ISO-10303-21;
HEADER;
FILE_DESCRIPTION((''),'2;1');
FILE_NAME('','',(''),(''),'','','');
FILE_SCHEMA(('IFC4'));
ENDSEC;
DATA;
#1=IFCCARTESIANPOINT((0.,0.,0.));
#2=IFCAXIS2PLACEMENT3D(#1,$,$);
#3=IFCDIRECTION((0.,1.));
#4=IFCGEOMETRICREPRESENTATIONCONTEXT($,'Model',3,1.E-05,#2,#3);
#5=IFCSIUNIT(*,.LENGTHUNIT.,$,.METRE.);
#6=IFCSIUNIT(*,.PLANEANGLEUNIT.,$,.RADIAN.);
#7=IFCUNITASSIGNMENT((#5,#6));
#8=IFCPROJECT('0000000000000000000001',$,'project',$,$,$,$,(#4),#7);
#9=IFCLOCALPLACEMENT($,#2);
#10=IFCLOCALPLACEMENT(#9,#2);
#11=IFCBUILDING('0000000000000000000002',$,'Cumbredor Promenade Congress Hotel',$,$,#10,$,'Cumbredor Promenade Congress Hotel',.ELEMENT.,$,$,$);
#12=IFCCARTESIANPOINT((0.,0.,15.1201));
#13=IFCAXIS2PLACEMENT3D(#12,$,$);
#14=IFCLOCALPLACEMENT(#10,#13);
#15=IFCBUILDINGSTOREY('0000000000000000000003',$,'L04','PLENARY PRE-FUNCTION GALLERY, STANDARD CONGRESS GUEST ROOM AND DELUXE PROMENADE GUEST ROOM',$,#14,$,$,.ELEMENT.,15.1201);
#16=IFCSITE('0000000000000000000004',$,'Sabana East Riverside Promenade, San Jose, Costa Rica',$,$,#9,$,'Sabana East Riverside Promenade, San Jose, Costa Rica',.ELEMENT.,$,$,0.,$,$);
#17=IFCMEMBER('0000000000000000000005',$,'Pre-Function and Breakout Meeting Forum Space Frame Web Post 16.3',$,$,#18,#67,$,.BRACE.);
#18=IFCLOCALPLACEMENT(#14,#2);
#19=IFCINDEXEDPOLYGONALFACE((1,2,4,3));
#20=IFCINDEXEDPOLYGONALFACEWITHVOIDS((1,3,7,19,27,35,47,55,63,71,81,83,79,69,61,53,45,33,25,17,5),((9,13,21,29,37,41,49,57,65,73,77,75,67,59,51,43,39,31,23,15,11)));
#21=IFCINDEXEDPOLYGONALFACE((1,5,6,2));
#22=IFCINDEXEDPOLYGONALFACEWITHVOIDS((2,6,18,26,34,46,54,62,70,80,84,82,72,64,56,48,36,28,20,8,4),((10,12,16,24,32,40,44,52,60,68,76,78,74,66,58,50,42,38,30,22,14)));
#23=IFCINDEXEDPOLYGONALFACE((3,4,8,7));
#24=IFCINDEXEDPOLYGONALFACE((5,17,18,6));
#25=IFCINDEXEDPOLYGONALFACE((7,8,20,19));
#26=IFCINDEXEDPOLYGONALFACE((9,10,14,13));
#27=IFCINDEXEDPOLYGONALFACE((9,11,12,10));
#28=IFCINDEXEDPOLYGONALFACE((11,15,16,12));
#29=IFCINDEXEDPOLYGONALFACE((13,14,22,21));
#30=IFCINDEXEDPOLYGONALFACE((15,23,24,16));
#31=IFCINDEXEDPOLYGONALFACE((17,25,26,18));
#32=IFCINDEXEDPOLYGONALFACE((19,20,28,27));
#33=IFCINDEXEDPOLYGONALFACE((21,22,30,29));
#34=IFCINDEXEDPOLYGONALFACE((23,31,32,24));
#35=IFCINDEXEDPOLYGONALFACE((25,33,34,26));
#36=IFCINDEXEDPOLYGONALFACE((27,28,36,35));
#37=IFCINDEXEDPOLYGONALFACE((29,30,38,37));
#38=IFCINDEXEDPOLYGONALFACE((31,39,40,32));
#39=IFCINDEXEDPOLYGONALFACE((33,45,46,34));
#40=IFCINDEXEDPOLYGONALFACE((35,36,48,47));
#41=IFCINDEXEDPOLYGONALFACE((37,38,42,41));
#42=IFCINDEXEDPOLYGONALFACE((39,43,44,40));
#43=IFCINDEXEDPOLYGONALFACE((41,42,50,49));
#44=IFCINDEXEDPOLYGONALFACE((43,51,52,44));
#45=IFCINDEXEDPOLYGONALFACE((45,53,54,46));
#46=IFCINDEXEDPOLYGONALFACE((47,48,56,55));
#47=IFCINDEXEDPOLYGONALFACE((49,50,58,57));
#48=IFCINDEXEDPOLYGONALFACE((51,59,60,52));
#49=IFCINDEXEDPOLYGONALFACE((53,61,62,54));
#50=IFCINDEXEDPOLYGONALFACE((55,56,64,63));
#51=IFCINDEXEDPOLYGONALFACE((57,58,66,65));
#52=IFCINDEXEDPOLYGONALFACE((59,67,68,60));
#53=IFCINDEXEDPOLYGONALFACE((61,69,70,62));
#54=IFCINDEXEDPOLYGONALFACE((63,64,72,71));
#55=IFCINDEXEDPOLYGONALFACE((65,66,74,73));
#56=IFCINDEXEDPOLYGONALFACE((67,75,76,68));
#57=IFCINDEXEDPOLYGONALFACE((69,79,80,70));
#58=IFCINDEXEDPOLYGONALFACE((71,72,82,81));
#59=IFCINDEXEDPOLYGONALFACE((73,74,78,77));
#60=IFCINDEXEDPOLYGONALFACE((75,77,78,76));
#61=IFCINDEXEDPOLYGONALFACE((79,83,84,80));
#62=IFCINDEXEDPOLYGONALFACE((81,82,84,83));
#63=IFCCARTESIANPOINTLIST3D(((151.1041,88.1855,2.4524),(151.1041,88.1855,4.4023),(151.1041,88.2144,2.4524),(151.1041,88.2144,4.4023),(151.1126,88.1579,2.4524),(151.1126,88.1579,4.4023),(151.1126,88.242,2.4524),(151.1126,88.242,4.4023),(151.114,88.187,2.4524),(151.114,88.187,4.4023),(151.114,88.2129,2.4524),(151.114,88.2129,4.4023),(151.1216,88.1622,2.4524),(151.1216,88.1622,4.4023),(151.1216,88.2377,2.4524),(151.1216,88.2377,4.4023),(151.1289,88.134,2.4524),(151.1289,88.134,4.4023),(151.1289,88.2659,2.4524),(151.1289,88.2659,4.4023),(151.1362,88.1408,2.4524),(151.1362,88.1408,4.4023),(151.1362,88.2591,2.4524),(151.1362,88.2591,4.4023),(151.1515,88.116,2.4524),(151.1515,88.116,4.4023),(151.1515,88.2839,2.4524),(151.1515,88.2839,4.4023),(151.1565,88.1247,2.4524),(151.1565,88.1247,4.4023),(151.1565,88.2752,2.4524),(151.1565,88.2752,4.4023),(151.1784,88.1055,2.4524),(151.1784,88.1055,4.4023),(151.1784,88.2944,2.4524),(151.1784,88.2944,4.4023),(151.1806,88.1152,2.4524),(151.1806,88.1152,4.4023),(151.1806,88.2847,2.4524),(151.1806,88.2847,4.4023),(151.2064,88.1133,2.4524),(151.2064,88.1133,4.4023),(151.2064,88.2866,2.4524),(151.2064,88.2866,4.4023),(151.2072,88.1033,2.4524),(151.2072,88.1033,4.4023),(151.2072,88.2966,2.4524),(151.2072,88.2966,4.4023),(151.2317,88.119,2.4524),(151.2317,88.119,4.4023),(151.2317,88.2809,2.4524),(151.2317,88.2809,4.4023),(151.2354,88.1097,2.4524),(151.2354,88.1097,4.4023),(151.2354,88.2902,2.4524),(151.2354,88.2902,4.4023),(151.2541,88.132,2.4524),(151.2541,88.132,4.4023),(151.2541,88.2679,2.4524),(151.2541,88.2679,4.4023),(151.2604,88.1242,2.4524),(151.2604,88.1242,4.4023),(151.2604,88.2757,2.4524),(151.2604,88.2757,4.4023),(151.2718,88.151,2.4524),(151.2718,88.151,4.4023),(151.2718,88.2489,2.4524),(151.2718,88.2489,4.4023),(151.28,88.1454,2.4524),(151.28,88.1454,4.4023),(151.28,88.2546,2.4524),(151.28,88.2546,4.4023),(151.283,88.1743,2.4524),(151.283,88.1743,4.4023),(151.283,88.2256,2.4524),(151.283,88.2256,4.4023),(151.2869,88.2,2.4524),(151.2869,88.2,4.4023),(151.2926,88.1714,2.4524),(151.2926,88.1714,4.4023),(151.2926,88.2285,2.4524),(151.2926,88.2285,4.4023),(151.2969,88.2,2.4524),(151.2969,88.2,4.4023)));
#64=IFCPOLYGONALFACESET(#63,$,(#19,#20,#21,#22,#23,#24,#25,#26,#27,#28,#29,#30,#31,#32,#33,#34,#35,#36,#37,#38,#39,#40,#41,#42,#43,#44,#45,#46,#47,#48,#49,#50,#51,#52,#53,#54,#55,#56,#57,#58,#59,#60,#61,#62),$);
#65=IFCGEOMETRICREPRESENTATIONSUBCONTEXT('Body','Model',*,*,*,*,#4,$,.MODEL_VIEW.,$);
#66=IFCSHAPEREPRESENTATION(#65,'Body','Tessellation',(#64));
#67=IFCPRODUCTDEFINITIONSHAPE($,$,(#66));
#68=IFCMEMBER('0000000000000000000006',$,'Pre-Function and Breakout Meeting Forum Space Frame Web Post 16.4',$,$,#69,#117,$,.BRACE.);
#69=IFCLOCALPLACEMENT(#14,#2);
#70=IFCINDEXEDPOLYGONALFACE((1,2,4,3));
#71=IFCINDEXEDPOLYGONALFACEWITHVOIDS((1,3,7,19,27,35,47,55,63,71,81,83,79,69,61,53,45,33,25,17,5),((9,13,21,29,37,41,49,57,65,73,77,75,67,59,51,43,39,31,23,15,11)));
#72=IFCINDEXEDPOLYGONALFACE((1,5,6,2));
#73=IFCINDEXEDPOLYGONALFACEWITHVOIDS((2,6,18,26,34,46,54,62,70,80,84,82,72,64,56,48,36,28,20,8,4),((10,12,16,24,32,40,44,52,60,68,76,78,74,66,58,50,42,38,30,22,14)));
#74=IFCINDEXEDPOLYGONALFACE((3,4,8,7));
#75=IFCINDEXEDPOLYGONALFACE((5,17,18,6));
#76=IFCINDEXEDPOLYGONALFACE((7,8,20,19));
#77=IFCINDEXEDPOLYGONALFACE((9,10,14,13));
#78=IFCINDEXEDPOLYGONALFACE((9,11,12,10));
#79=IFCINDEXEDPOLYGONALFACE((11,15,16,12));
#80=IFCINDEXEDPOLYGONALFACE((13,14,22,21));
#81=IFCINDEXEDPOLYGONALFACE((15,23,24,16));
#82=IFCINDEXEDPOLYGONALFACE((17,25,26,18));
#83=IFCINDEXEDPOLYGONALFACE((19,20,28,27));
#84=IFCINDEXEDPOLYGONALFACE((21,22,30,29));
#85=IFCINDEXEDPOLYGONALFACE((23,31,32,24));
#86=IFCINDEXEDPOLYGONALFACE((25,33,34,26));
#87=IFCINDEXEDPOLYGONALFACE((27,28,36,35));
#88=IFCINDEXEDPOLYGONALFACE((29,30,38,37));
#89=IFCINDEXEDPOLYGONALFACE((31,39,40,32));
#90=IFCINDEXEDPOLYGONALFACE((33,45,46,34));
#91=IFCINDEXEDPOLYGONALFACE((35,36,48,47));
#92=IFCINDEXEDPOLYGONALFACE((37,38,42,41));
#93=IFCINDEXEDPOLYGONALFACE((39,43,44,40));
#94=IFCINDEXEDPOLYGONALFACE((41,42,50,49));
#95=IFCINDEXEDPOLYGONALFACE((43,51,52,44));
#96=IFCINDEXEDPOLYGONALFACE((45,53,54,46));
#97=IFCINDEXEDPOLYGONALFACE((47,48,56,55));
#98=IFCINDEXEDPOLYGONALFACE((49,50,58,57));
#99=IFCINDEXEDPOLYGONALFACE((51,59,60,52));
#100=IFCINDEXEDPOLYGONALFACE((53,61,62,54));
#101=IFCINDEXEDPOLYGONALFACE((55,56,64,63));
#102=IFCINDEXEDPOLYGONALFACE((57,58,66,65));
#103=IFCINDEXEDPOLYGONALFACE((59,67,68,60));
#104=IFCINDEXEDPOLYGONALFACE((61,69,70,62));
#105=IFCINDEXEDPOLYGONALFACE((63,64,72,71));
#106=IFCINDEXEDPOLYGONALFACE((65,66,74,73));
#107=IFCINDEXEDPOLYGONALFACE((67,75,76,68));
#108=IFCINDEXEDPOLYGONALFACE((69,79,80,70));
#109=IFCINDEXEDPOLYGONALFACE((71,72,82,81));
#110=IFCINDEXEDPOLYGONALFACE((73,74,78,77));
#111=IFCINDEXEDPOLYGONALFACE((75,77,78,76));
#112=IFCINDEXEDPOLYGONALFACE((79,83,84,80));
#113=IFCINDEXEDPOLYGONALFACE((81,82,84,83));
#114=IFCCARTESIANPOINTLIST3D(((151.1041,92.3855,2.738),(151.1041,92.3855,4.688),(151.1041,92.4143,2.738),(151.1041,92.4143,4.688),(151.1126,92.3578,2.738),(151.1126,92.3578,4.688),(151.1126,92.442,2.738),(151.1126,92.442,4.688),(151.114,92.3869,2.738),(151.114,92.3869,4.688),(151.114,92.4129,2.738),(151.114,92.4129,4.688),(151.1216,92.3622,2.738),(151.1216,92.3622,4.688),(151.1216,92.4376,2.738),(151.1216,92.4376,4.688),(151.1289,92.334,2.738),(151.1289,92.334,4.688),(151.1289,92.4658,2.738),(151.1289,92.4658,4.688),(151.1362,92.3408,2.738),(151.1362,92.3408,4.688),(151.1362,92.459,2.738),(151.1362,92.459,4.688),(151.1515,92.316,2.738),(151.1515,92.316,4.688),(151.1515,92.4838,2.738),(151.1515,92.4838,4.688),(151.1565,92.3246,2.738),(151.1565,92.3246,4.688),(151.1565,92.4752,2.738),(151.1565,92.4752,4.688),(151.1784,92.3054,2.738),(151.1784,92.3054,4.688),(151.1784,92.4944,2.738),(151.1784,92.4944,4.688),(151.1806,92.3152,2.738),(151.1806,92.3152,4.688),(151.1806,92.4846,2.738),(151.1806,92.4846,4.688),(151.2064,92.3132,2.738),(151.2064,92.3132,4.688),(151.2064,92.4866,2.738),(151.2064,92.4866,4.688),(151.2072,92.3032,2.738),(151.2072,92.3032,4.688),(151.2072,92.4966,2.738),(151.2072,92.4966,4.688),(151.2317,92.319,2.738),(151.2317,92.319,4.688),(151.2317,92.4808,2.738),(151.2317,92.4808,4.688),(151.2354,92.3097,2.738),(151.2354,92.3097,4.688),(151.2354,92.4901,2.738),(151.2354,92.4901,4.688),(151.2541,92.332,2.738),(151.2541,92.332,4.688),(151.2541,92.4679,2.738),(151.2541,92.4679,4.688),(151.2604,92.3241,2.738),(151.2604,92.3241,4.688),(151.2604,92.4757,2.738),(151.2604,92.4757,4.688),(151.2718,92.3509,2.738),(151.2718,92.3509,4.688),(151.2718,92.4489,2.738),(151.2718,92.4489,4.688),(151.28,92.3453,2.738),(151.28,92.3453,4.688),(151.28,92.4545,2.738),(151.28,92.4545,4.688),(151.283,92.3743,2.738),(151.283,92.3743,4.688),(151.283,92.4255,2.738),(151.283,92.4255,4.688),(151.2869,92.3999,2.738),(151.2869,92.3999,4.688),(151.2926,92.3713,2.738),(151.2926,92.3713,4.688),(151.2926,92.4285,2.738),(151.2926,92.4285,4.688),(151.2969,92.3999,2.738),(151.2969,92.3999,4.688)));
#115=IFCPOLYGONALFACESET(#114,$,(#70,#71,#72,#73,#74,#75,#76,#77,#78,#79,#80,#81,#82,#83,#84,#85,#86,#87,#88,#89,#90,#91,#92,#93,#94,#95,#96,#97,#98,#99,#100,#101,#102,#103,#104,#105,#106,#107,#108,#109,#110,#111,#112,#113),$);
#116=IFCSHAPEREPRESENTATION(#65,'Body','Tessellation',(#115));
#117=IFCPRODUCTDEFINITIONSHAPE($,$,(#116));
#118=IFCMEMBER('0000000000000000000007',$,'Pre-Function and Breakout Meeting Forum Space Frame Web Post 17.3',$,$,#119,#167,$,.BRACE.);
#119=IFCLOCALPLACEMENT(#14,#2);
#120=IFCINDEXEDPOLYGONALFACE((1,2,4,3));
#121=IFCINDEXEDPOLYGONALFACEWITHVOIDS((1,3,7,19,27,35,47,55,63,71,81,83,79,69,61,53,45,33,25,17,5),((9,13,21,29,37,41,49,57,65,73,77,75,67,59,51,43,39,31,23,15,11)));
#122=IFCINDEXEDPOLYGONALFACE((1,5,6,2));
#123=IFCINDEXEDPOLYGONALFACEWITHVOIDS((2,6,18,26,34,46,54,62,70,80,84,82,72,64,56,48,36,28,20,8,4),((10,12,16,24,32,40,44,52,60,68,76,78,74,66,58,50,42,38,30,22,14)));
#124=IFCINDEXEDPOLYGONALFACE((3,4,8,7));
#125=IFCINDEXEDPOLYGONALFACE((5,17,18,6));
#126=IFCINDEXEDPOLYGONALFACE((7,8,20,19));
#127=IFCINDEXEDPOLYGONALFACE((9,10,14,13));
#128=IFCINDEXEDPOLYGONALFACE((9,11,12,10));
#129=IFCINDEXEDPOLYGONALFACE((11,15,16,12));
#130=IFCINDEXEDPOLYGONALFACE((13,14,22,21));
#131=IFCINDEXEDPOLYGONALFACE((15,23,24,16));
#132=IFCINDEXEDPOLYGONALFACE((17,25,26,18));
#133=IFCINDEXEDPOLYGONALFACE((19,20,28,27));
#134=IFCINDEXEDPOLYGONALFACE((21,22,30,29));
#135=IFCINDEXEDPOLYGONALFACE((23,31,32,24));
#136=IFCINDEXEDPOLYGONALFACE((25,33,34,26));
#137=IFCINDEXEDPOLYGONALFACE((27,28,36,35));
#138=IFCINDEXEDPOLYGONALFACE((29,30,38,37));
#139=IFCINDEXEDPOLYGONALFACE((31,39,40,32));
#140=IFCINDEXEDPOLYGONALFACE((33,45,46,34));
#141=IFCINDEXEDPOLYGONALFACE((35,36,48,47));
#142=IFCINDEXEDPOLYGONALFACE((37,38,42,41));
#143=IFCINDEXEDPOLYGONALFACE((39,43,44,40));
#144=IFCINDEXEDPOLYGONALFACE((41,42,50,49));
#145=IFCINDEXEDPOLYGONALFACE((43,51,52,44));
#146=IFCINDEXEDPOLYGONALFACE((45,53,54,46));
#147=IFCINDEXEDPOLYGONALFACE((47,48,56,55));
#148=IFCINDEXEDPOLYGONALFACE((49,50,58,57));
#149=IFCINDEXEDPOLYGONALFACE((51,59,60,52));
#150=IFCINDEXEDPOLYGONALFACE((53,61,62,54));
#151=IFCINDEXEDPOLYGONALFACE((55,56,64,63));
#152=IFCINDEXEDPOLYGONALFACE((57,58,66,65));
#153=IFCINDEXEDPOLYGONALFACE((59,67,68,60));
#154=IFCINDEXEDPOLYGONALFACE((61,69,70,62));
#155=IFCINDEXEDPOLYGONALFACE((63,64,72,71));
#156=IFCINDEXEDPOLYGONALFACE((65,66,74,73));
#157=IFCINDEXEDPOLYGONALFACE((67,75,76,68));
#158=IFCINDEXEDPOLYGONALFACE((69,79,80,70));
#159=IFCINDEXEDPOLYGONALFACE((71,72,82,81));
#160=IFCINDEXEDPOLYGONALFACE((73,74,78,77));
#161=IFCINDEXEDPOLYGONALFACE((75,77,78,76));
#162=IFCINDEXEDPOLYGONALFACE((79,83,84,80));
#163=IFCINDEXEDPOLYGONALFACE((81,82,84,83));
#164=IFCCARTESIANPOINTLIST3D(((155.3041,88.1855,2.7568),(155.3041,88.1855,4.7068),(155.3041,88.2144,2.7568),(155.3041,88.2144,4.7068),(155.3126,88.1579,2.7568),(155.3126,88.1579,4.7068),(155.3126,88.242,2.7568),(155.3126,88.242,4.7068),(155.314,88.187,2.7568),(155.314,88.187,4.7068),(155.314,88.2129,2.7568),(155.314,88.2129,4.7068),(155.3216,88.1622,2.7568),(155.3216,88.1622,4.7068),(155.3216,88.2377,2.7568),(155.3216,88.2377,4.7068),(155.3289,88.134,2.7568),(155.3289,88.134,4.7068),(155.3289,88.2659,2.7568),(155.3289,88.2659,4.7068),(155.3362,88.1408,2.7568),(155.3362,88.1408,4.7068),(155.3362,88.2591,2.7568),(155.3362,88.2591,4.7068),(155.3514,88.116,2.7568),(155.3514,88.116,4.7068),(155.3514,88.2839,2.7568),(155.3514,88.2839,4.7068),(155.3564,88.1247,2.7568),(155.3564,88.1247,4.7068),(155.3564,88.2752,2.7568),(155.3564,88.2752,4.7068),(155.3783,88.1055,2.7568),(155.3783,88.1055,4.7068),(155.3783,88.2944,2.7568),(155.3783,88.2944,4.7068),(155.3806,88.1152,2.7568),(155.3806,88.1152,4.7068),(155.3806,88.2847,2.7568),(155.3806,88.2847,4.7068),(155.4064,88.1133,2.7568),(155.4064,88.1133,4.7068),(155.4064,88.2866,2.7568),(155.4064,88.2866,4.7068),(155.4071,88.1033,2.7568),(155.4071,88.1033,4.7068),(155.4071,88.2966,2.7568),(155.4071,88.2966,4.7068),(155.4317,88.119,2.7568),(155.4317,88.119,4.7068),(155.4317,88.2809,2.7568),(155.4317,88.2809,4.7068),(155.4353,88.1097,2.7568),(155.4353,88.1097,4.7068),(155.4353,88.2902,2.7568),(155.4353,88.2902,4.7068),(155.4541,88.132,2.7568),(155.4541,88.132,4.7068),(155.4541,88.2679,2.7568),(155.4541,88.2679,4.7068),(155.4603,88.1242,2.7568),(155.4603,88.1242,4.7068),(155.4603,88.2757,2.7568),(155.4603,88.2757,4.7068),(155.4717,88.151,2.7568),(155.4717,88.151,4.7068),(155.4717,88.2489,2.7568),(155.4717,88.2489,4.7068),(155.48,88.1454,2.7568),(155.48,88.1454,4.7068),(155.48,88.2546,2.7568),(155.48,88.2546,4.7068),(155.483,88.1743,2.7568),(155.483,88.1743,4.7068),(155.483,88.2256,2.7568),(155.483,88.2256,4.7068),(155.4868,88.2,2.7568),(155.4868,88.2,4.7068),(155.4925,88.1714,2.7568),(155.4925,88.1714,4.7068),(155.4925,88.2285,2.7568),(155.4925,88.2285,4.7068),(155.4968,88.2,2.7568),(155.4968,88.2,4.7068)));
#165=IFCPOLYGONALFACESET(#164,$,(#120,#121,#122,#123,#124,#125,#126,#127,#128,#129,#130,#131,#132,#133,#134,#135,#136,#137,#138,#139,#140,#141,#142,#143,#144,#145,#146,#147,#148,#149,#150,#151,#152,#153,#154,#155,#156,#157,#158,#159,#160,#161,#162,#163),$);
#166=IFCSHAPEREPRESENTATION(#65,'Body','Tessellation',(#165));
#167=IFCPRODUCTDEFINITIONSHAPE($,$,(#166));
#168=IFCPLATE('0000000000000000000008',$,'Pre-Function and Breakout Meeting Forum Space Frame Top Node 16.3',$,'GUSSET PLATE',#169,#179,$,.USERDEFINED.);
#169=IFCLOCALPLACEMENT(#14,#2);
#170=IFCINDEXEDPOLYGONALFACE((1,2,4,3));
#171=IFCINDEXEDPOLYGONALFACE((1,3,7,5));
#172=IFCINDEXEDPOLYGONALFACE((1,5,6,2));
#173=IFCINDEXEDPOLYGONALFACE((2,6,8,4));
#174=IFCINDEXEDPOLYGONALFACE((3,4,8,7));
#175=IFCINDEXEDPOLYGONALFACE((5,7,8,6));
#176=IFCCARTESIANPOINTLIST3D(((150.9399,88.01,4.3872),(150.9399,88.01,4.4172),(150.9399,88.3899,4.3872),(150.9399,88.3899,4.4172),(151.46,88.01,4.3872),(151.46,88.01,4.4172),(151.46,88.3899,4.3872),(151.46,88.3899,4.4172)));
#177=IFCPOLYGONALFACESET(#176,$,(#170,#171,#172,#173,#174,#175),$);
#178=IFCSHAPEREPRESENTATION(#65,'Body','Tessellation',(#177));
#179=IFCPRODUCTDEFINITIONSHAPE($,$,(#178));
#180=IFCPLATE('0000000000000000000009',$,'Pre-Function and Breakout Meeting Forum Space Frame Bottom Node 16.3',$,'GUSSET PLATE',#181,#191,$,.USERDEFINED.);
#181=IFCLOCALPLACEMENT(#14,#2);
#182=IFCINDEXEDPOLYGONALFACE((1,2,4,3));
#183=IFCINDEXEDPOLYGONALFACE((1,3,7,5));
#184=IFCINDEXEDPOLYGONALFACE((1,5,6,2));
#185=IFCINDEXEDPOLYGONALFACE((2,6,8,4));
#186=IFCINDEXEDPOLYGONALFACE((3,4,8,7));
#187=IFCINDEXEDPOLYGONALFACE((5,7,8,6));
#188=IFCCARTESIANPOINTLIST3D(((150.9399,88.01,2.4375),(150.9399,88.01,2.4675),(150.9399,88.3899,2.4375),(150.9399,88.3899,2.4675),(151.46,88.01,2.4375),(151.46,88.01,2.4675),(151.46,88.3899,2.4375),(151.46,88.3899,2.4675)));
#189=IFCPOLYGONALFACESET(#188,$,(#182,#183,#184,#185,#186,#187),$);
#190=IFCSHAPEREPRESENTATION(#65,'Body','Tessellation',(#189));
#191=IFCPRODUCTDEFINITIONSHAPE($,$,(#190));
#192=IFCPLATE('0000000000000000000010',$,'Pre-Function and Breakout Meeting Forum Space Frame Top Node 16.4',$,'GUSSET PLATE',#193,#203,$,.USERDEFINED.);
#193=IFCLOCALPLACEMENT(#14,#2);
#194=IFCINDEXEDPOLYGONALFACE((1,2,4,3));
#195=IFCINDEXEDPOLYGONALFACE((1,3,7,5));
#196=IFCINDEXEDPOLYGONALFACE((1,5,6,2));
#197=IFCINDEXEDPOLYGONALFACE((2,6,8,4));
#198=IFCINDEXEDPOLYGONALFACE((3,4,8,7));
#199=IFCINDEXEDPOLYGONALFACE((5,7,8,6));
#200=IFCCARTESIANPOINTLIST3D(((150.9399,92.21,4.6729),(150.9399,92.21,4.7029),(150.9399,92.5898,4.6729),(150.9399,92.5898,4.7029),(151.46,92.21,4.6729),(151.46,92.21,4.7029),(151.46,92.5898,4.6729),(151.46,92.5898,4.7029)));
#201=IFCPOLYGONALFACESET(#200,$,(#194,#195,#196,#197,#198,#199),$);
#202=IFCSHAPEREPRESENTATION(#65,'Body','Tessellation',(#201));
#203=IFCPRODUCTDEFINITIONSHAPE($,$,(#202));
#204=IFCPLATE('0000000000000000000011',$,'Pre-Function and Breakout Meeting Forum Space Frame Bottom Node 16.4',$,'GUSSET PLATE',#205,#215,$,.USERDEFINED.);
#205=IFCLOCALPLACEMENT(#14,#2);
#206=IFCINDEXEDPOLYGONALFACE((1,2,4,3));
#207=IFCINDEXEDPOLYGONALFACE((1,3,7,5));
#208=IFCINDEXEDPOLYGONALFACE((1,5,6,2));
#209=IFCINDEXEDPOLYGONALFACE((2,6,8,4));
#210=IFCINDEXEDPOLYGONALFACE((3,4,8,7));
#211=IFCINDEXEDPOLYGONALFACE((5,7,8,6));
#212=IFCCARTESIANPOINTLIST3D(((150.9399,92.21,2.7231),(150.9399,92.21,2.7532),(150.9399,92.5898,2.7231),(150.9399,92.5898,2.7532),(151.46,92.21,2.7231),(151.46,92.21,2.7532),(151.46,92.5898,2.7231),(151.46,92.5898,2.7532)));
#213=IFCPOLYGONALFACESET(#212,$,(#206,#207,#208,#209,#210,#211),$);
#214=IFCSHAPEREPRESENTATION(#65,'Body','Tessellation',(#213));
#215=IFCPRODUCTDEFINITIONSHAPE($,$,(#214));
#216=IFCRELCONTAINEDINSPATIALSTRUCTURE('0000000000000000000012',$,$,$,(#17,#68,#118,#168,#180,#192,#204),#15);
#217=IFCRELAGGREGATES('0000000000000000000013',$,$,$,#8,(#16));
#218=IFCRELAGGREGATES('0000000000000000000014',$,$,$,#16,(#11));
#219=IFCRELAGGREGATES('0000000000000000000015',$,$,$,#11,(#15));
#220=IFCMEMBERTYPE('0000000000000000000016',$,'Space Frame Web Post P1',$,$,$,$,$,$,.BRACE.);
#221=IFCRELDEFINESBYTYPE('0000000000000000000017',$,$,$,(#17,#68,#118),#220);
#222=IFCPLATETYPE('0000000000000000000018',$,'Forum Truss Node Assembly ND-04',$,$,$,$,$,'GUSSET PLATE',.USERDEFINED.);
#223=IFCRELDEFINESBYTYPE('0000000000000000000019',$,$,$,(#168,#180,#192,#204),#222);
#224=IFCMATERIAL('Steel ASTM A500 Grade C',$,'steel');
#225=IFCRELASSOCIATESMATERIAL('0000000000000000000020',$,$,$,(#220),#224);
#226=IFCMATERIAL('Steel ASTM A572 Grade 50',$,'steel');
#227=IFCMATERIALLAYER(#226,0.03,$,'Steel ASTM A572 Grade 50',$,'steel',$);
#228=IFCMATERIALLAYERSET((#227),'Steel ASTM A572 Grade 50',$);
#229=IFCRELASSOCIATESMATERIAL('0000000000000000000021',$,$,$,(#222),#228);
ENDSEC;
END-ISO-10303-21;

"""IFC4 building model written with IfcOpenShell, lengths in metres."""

from ifc_helpers import new_model, si_unit, direction, frame, origin, origin_2d, place, context, subcontext, project, spatial, rectangle, hollow_circle, extrude, material, layer, layer_set, material_profile, profile_set, type_object, element, save


model = new_model("IFC4")

# Units and contexts
model_context = context("Model", 3, precision=1e-05, world=origin(), true_north=direction((0.0, 1.0)))
body_context = subcontext(model_context, "Body", "Model", "MODEL_VIEW")
ifc_project = project(units=[si_unit("LENGTHUNIT", "METRE"), si_unit("PLANEANGLEUNIT", "RADIAN")], contexts=[model_context])

# Site, building, storey
site_placement = place(None, origin())
site = spatial("IfcSite", under=ifc_project, at=site_placement, Name="Sabana East Riverside Promenade, San Jose, Costa Rica", LongName="Sabana East Riverside Promenade, San Jose, Costa Rica", CompositionType="ELEMENT", RefElevation=0.0)
building_placement = place(site_placement, origin())
building = spatial("IfcBuilding", under=site, at=building_placement, Name="Cumbredor Promenade Congress Hotel", LongName="Cumbredor Promenade Congress Hotel", CompositionType="ELEMENT")
storey_placement = place(building_placement, frame((0.0, 0.0, 15.1201)))
storey = spatial("IfcBuildingStorey", under=building, at=storey_placement, Name="L04", Description="PLENARY PRE-FUNCTION GALLERY, STANDARD CONGRESS GUEST ROOM AND DELUXE PROMENADE GUEST ROOM", CompositionType="ELEMENT", Elevation=15.1201)

# Members
ifc_material_1 = material(Name="Steel ASTM A500 Grade C", Category="steel")
ifc_material_profile_1 = material_profile(ifc_material_1, hollow_circle(Radius=0.0969, WallThickness=0.01, at=origin_2d()), Name="CHS 193.7x10")
ifc_profile_set_1 = profile_set([ifc_material_profile_1], Name="Steel ASTM A500 Grade C")
member_type_1 = type_object("IfcMemberType", Name="Space Frame Web Post P1", PredefinedType="BRACE", material=ifc_profile_set_1)
for number, where, z_axis, x_axis, name in (
    (1, (151.2, 88.2, 2.4524), (0.0, 0.0, 1.0), (1.0, 0.0, 0.0), "Pre-Function and Breakout Meeting Forum Space Frame Web Post 16.3"),
    (2, (151.2, 92.3999, 2.738), (0.0, 0.0, 1.0), (1.0, 0.0, 0.0), "Pre-Function and Breakout Meeting Forum Space Frame Web Post 16.4"),
    (3, (155.3999, 88.2, 2.7568), (0.0, 0.0, 1.0), (1.0, 0.0, 0.0), "Pre-Function and Breakout Meeting Forum Space Frame Web Post 17.3"),
):
    element("IfcMember", number, at=place(storey_placement, frame(where, z_axis=z_axis, x_axis=x_axis)), inside=storey, type_object=member_type_1, Name=name, PredefinedType="BRACE", context=body_context, shape_type="SweptSolid", body=[
        extrude(hollow_circle(Radius=0.0969, WallThickness=0.01, at=origin_2d()), origin(), (0.0, 0.0, 1.0), 1.95),
    ])

# Plates
ifc_material_2 = material(Name="Steel ASTM A572 Grade 50", Category="steel")
ifc_layer = layer(ifc_material_2, 0.03, Name="Steel ASTM A572 Grade 50", Category="steel")
ifc_layer_set = layer_set([ifc_layer], Name="Steel ASTM A572 Grade 50")
plate_type = type_object("IfcPlateType", Name="Forum Truss Node Assembly ND-04", ElementType="GUSSET PLATE", PredefinedType="USERDEFINED", material=ifc_layer_set)
for number, where, z_axis, x_axis, name in (
    (4, (151.2, 88.2, 4.3872), (0.0, 0.0, 1.0), (1.0, 0.0, 0.0), "Pre-Function and Breakout Meeting Forum Space Frame Top Node 16.3"),
    (5, (151.2, 88.2, 2.4375), (0.0, 0.0, 1.0), (1.0, 0.0, 0.0), "Pre-Function and Breakout Meeting Forum Space Frame Bottom Node 16.3"),
    (6, (151.2, 92.3999, 4.6729), (0.0, 0.0, 1.0), (1.0, 0.0, 0.0), "Pre-Function and Breakout Meeting Forum Space Frame Top Node 16.4"),
    (7, (151.2, 92.3999, 2.7231), (0.0, 0.0, 1.0), (1.0, 0.0, 0.0), "Pre-Function and Breakout Meeting Forum Space Frame Bottom Node 16.4"),
):
    element("IfcPlate", number, at=place(storey_placement, frame(where, z_axis=z_axis, x_axis=x_axis)), inside=storey, type_object=plate_type, Name=name, ObjectType="GUSSET PLATE", PredefinedType="USERDEFINED", context=body_context, shape_type="SweptSolid", body=[
        extrude(rectangle(XDim=0.52, YDim=0.3799, at=origin_2d()), origin(), (0.0, 0.0, 1.0), 0.03),
    ])

save(model, "model.ifc")
